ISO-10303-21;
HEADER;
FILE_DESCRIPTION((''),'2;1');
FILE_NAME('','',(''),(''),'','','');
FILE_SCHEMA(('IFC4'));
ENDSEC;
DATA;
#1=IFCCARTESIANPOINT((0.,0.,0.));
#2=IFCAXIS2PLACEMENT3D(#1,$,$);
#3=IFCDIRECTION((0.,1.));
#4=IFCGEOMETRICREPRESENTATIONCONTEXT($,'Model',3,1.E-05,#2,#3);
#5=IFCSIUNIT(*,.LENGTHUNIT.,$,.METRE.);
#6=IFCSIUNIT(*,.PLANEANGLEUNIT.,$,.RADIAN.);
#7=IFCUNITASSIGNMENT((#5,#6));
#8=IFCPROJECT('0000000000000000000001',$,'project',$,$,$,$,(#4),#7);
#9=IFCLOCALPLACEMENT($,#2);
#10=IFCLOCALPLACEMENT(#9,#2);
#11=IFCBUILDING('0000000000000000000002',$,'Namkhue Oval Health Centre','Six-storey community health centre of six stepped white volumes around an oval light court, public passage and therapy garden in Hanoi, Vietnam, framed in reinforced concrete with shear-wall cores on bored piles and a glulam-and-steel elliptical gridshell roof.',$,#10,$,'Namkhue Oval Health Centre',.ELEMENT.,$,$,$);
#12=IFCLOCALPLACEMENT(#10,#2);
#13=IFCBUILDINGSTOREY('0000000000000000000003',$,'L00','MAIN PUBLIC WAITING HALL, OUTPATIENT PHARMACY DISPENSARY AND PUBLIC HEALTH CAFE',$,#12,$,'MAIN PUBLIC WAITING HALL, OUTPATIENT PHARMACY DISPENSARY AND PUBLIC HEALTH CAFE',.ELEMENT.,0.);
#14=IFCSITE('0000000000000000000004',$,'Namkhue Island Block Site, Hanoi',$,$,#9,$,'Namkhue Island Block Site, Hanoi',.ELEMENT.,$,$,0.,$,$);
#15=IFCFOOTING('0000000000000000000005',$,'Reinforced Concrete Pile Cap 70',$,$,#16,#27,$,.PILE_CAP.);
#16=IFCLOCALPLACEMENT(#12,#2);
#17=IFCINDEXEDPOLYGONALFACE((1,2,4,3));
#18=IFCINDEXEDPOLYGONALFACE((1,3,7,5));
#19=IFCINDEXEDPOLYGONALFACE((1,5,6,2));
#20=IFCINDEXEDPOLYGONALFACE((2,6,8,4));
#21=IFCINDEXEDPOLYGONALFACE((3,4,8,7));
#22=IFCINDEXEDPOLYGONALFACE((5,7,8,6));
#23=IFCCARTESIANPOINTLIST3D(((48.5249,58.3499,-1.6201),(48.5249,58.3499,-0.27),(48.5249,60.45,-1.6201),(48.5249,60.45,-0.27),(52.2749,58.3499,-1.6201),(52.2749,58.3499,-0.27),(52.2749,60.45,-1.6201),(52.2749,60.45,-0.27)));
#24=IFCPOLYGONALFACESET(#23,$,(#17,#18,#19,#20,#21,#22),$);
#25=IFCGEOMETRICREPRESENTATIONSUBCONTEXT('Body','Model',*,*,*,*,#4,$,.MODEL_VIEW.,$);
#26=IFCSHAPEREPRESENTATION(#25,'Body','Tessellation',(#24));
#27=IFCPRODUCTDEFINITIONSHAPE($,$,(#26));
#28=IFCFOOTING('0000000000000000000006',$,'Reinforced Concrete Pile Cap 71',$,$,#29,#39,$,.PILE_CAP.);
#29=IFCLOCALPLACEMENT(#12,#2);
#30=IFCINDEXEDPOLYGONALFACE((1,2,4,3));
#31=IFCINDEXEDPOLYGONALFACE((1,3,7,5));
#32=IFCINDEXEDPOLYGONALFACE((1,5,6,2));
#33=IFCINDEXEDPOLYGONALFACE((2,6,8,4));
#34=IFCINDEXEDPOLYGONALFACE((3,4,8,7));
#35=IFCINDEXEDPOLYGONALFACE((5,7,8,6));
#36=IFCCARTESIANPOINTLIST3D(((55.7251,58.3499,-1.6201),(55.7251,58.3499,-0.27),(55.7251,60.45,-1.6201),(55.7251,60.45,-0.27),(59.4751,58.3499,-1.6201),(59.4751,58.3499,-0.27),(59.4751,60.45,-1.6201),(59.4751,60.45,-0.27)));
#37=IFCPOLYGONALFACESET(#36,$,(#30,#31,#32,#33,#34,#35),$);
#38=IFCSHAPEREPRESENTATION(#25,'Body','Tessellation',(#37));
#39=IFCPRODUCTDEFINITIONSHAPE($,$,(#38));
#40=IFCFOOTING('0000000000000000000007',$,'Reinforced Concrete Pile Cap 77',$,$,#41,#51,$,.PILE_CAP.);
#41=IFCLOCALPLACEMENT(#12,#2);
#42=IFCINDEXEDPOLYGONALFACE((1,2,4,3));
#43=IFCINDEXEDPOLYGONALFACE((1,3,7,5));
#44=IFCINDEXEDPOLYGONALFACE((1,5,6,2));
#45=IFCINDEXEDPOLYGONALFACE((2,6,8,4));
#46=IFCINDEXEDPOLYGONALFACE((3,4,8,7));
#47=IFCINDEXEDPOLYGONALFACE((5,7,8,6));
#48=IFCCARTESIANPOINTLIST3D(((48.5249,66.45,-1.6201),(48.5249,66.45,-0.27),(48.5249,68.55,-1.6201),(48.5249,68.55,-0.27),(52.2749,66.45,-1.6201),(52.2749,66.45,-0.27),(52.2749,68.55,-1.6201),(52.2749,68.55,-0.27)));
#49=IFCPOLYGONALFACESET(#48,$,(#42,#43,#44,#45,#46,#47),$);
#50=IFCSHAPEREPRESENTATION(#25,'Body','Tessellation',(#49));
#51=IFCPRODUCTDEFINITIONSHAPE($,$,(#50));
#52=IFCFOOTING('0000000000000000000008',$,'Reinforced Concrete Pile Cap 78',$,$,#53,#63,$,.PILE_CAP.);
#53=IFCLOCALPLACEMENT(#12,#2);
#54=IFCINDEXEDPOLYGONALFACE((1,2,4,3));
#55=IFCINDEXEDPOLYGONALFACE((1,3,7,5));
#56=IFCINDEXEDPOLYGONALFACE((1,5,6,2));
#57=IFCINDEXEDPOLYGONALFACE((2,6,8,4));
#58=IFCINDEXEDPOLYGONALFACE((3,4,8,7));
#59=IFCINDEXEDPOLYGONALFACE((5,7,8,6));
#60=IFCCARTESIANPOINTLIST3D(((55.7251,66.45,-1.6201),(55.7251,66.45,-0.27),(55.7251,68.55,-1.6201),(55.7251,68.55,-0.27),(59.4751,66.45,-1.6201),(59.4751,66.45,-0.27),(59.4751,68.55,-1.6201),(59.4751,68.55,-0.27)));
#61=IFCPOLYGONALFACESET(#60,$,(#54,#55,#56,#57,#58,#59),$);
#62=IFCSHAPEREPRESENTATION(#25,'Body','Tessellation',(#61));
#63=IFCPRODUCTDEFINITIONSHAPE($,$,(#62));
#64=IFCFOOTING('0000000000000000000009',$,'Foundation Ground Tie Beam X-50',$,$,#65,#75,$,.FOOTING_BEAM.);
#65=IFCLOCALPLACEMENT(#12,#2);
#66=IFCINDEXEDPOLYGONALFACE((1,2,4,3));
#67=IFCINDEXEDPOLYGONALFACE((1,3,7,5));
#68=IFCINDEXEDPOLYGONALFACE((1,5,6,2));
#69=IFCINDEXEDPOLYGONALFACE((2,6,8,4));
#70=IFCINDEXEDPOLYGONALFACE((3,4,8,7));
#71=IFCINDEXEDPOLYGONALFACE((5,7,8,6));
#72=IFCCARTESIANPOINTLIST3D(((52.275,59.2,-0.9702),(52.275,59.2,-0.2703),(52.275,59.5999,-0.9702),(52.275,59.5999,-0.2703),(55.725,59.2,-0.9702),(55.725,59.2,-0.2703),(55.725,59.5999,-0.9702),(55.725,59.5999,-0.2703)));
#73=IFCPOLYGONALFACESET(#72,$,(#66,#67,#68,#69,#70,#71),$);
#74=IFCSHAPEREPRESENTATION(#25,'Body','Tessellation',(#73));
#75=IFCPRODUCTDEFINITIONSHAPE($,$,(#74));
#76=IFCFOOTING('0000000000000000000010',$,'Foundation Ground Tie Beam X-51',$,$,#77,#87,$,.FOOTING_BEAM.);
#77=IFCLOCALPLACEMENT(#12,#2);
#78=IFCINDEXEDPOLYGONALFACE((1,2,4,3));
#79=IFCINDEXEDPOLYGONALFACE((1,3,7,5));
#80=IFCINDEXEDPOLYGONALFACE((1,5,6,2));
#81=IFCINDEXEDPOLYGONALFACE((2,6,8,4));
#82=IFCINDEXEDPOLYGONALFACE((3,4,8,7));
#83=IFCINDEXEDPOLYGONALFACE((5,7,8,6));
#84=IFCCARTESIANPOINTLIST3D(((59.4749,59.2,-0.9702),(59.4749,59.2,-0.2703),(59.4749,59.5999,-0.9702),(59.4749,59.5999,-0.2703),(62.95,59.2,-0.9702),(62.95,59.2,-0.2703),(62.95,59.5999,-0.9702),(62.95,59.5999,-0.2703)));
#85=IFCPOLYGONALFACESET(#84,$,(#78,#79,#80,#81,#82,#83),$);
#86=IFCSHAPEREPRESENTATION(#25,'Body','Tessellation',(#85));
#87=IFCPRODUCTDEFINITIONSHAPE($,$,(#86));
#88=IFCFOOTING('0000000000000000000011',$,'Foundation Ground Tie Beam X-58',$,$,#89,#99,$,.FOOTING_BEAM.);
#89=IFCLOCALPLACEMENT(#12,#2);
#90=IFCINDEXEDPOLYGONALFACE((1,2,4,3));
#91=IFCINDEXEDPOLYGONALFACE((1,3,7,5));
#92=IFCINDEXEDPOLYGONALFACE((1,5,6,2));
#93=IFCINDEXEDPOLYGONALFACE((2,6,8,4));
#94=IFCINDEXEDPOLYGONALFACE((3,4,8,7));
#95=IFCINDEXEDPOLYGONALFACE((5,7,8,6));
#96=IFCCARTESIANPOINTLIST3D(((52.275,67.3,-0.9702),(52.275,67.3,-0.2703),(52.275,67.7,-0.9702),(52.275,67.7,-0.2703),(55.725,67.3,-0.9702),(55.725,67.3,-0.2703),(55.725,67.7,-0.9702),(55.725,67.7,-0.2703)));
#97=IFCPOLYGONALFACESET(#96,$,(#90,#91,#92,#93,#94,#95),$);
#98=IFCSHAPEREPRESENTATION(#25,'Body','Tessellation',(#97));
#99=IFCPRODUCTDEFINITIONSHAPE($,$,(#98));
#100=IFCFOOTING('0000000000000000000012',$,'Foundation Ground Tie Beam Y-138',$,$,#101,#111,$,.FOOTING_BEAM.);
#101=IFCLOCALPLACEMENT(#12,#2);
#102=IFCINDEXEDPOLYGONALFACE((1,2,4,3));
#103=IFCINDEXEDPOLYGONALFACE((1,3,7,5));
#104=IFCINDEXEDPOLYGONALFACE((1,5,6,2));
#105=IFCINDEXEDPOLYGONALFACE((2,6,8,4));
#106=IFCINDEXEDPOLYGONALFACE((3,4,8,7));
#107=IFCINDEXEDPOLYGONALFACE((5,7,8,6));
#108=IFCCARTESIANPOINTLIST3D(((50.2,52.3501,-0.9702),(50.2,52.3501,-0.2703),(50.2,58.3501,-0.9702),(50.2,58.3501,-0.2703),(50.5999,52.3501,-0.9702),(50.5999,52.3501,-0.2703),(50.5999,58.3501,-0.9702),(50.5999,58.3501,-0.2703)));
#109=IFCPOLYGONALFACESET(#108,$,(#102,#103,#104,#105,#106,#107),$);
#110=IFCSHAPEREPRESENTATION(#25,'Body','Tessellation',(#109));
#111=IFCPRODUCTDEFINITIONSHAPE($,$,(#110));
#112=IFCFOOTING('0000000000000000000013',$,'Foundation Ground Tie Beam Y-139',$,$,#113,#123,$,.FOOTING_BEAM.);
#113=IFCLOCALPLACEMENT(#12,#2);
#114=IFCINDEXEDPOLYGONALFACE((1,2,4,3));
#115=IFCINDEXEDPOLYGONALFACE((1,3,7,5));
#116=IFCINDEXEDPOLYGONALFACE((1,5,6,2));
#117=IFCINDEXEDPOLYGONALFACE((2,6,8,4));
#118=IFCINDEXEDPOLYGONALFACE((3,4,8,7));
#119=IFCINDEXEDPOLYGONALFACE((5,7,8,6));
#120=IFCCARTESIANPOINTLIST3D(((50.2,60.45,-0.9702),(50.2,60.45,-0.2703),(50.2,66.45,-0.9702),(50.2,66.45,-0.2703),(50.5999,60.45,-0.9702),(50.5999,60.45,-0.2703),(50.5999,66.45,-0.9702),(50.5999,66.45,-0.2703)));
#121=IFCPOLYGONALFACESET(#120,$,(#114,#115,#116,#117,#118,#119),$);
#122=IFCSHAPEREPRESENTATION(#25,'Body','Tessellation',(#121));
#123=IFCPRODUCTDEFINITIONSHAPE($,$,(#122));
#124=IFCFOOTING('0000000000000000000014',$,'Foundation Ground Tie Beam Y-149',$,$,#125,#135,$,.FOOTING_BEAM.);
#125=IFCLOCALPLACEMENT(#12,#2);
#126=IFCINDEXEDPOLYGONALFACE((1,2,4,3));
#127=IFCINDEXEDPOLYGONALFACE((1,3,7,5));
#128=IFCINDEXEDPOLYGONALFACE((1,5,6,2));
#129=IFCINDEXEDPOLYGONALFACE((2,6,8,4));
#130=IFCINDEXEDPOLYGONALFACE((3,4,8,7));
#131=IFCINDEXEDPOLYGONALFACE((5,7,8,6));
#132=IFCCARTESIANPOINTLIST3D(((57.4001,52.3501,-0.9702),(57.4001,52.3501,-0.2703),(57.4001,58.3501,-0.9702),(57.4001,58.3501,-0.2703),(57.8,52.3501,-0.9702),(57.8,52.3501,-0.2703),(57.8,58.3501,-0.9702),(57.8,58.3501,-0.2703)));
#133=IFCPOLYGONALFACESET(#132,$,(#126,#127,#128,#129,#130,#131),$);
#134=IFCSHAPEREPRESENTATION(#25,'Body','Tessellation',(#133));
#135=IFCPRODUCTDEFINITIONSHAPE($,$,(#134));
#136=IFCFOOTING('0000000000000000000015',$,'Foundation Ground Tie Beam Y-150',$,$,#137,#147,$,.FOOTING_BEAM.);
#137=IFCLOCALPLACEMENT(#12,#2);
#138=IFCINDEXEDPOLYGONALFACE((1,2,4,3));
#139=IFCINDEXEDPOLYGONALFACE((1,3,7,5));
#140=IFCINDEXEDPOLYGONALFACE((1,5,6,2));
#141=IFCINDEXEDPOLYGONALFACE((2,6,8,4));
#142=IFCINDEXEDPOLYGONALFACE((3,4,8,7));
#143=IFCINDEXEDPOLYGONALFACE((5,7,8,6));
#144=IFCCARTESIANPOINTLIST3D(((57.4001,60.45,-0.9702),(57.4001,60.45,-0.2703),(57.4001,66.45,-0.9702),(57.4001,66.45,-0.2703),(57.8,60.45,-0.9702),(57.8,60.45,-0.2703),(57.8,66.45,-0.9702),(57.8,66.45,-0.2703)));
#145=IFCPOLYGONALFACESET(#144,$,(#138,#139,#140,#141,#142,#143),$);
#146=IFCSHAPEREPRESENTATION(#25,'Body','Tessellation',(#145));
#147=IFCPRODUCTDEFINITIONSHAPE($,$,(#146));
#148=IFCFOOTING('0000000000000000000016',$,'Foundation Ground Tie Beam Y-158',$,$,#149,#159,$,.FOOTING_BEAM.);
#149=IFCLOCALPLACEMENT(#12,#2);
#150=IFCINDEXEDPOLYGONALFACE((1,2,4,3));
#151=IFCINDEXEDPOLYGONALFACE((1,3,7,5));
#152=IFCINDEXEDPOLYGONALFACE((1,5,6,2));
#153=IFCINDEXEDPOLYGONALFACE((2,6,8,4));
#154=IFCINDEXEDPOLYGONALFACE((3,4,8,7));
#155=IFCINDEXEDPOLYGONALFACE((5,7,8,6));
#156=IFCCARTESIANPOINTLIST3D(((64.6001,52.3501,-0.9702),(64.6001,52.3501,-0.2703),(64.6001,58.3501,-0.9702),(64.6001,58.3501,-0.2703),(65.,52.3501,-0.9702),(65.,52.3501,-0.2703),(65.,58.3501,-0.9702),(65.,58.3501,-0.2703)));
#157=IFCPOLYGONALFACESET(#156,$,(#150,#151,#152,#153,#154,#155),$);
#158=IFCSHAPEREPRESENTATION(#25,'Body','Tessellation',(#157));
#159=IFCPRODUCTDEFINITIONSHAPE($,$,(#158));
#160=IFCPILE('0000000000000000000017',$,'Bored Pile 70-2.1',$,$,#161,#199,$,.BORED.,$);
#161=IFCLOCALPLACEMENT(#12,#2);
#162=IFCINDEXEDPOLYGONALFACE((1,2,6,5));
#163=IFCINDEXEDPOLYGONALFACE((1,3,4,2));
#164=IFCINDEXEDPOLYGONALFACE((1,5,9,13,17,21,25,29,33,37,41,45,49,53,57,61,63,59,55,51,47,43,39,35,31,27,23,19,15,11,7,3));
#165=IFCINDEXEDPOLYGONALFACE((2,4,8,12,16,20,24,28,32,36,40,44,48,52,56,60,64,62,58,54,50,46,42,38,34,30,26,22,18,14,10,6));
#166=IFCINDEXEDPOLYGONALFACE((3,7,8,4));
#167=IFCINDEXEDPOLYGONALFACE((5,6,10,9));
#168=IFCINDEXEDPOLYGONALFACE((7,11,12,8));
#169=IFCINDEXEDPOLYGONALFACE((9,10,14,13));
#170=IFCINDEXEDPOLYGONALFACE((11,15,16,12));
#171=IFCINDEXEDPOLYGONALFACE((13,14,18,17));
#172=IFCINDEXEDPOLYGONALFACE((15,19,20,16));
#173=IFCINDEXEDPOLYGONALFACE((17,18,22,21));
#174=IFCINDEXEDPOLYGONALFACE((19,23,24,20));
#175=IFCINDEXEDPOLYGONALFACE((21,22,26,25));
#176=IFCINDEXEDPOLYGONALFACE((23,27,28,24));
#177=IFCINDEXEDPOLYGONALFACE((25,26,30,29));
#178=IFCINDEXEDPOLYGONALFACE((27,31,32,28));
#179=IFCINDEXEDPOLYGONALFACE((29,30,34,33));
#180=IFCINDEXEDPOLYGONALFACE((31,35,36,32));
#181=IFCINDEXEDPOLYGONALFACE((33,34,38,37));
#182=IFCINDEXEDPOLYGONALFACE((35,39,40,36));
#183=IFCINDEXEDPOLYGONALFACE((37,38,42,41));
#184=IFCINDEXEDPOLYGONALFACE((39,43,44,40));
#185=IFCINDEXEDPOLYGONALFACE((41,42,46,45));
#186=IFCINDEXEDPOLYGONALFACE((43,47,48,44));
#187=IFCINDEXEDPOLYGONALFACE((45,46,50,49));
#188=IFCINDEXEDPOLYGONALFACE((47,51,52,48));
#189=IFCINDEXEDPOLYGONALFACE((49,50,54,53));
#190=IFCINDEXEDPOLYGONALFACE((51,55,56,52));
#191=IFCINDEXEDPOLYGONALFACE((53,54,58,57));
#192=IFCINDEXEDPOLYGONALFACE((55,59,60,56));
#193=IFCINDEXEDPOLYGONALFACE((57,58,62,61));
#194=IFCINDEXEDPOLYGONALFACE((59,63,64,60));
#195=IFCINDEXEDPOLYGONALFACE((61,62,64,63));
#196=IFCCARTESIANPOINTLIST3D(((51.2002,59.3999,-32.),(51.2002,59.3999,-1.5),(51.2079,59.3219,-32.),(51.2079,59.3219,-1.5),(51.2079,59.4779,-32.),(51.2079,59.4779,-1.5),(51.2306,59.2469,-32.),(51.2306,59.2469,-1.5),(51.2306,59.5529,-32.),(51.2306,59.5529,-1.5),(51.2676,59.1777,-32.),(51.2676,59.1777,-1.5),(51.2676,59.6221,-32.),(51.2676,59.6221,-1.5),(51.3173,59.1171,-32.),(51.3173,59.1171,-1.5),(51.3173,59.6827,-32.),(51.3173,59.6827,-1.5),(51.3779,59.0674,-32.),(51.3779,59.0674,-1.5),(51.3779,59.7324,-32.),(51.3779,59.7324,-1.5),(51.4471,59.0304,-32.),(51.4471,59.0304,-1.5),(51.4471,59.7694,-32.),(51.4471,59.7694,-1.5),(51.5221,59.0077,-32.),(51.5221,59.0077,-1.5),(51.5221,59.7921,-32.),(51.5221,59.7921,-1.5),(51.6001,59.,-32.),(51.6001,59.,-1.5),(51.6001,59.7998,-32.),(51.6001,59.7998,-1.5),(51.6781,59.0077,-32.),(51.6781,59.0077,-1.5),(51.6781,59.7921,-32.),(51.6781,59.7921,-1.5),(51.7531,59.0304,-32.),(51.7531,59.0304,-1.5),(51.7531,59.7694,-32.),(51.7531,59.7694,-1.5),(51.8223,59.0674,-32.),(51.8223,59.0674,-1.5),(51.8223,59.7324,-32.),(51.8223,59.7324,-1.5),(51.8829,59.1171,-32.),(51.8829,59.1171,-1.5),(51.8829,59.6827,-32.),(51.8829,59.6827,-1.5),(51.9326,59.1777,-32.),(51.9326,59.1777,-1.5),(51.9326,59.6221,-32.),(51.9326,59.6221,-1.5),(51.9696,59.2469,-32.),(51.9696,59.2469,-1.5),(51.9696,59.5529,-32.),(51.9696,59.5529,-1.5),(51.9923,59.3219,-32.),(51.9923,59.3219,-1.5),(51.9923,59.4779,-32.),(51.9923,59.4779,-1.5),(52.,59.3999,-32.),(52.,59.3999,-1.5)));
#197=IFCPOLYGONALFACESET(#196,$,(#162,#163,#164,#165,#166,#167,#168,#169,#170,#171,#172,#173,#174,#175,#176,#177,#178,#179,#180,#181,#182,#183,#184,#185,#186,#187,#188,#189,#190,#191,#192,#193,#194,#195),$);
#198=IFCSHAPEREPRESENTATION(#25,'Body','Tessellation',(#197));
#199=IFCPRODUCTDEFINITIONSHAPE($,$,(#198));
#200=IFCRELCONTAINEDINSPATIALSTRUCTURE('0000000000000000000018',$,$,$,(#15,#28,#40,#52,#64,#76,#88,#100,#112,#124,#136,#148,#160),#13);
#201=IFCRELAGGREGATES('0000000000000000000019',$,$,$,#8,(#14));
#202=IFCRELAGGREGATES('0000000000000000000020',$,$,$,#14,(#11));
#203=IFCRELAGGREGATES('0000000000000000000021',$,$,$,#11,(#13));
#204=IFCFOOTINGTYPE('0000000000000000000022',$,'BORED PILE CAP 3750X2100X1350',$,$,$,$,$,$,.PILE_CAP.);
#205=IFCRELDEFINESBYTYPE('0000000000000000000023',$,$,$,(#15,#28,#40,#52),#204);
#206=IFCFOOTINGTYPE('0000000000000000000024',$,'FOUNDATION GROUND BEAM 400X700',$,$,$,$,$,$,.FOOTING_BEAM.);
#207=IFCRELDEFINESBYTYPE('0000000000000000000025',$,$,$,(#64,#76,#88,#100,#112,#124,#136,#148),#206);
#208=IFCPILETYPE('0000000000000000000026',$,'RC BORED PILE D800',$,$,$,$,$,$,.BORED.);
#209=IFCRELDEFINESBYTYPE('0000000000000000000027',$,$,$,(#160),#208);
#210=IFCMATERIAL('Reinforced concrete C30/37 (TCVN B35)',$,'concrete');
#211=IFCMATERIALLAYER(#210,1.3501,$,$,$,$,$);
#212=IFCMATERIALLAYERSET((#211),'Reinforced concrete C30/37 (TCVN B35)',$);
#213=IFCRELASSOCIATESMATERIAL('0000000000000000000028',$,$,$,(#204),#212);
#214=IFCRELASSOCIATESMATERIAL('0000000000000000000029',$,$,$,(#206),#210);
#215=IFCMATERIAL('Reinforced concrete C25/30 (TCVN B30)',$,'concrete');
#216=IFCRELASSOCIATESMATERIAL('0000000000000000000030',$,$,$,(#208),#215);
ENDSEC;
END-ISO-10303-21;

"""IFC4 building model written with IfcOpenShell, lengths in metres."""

from ifc_helpers import new_model, si_unit, direction, frame, origin, origin_2d, place, context, subcontext, project, spatial, rectangle, circle, extrude, material, layer, layer_set, material_profile, profile_set, type_object, element, save


model = new_model("IFC4")

# Units and contexts
model_context = context("Model", 3, precision=1e-05, world=origin(), true_north=direction((0.0, 1.0)))
body_context = subcontext(model_context, "Body", "Model", "MODEL_VIEW")
ifc_project = project(units=[si_unit("LENGTHUNIT", "METRE"), si_unit("PLANEANGLEUNIT", "RADIAN")], contexts=[model_context])

# Site, building, storey
site_placement = place(None, origin())
site = spatial("IfcSite", under=ifc_project, at=site_placement, Name="Namkhue Island Block Site, Hanoi", LongName="Namkhue Island Block Site, Hanoi", CompositionType="ELEMENT", RefElevation=0.0)
building_placement = place(site_placement, origin())
building = spatial("IfcBuilding", under=site, at=building_placement, Name="Namkhue Oval Health Centre", Description="Six-storey community health centre of six stepped white volumes around an oval light court, public passage and therapy garden in Hanoi, Vietnam, framed in reinforced concrete with shear-wall cores on bored piles and a glulam-and-steel elliptical gridshell roof.", LongName="Namkhue Oval Health Centre", CompositionType="ELEMENT")
storey_placement = place(building_placement, origin())
storey = spatial("IfcBuildingStorey", under=building, at=storey_placement, Name="L00", Description="MAIN PUBLIC WAITING HALL, OUTPATIENT PHARMACY DISPENSARY AND PUBLIC HEALTH CAFE", LongName="MAIN PUBLIC WAITING HALL, OUTPATIENT PHARMACY DISPENSARY AND PUBLIC HEALTH CAFE", CompositionType="ELEMENT", Elevation=0.0)

# Footings
ifc_material_1 = material(Name="Reinforced concrete C30/37 (TCVN B35)", Category="concrete")
ifc_layer = layer(ifc_material_1, 1.3501)
ifc_layer_set = layer_set([ifc_layer], Name="Reinforced concrete C30/37 (TCVN B35)")
footing_type_1 = type_object("IfcFootingType", Name="BORED PILE CAP 3750X2100X1350", PredefinedType="PILE_CAP", material=ifc_layer_set)
for number, where, z_axis, x_axis, name in (
    (1, (50.3999, 59.3999, -1.6201), (0.0, 0.0, 1.0), (1.0, 0.0, 0.0), "Reinforced Concrete Pile Cap 70"),
    (2, (57.6001, 59.3999, -1.6201), (0.0, 0.0, 1.0), (1.0, 0.0, 0.0), "Reinforced Concrete Pile Cap 71"),
    (3, (50.3999, 67.5, -1.6201), (0.0, 0.0, 1.0), (1.0, 0.0, 0.0), "Reinforced Concrete Pile Cap 77"),
    (4, (57.6001, 67.5, -1.6201), (0.0, 0.0, 1.0), (1.0, 0.0, 0.0), "Reinforced Concrete Pile Cap 78"),
):
    element("IfcFooting", number, at=place(storey_placement, frame(where, z_axis=z_axis, x_axis=x_axis)), inside=storey, type_object=footing_type_1, Name=name, PredefinedType="PILE_CAP", context=body_context, shape_type="SweptSolid", body=[
        extrude(rectangle(XDim=3.75, YDim=2.1001, at=origin_2d()), origin(), (0.0, 0.0, 1.0), 1.3501),
    ])
footing_type_2 = type_object("IfcFootingType", Name="FOUNDATION GROUND BEAM 400X700", PredefinedType="FOOTING_BEAM", material=ifc_material_1)
footing_1_placement = place(storey_placement, frame((54.0, 59.3999, -0.9702), z_axis=(0.0, 0.0, 1.0), x_axis=(1.0, 0.0, 0.0)))
element("IfcFooting", 5, at=footing_1_placement, inside=storey, type_object=footing_type_2, Name="Foundation Ground Tie Beam X-50", PredefinedType="FOOTING_BEAM", context=body_context, shape_type="SweptSolid", body=[
    extrude(rectangle(XDim=3.45, YDim=0.3999, at=origin_2d()), origin(), (0.0, 0.0, 1.0), 0.7),
])
footing_2_placement = place(storey_placement, frame((61.2124, 59.3999, -0.9702), z_axis=(0.0, 0.0, 1.0), x_axis=(1.0, 0.0, 0.0)))
element("IfcFooting", 6, at=footing_2_placement, inside=storey, type_object=footing_type_2, Name="Foundation Ground Tie Beam X-51", PredefinedType="FOOTING_BEAM", context=body_context, shape_type="SweptSolid", body=[
    extrude(rectangle(XDim=3.4751, YDim=0.3999, at=origin_2d()), origin(), (0.0, 0.0, 1.0), 0.7),
])
footing_3_placement = place(storey_placement, frame((54.0, 67.5, -0.9702), z_axis=(0.0, 0.0, 1.0), x_axis=(1.0, 0.0, 0.0)))
element("IfcFooting", 7, at=footing_3_placement, inside=storey, type_object=footing_type_2, Name="Foundation Ground Tie Beam X-58", PredefinedType="FOOTING_BEAM", context=body_context, shape_type="SweptSolid", body=[
    extrude(rectangle(XDim=3.45, YDim=0.3999, at=origin_2d()), origin(), (0.0, 0.0, 1.0), 0.7),
])
for number, where, z_axis, x_axis, name in (
    (8, (50.3999, 55.3501, -0.9702), (0.0, 0.0, 1.0), (0.0, 1.0, 0.0), "Foundation Ground Tie Beam Y-138"),
    (9, (50.3999, 63.45, -0.9702), (0.0, 0.0, 1.0), (0.0, 1.0, 0.0), "Foundation Ground Tie Beam Y-139"),
    (10, (57.6001, 55.3501, -0.9702), (0.0, 0.0, 1.0), (0.0, 1.0, 0.0), "Foundation Ground Tie Beam Y-149"),
    (11, (57.6001, 63.45, -0.9702), (0.0, 0.0, 1.0), (0.0, 1.0, 0.0), "Foundation Ground Tie Beam Y-150"),
    (12, (64.8, 55.3501, -0.9702), (0.0, 0.0, 1.0), (0.0, 1.0, 0.0), "Foundation Ground Tie Beam Y-158"),
):
    element("IfcFooting", number, at=place(storey_placement, frame(where, z_axis=z_axis, x_axis=x_axis)), inside=storey, type_object=footing_type_2, Name=name, PredefinedType="FOOTING_BEAM", context=body_context, shape_type="SweptSolid", body=[
        extrude(rectangle(XDim=6.0, YDim=0.3999, at=origin_2d()), origin(), (0.0, 0.0, 1.0), 0.7),
    ])

# Pile
ifc_material_2 = material(Name="Reinforced concrete C25/30 (TCVN B30)", Category="concrete")
ifc_material_profile_1 = material_profile(ifc_material_2, circle(Radius=0.3999, at=origin_2d()), Name="BORED PILE D800")
ifc_profile_set_1 = profile_set([ifc_material_profile_1], Name="Reinforced concrete C25/30 (TCVN B30)")
pile_type = type_object("IfcPileType", Name="RC BORED PILE D800", PredefinedType="BORED", material=ifc_profile_set_1)
for number, where, z_axis, x_axis, name in (
    (13, (51.6001, 59.3999, -1.5), (0.0, 0.0, -1.0), (1.0, 0.0, 0.0), "Bored Pile 70-2.1"),
):
    element("IfcPile", number, at=place(storey_placement, frame(where, z_axis=z_axis, x_axis=x_axis)), inside=storey, type_object=pile_type, Name=name, PredefinedType="BORED", context=body_context, shape_type="SweptSolid", body=[
        extrude(circle(Radius=0.3999, at=origin_2d()), origin(), (0.0, 0.0, 1.0), 30.5),
    ])

save(model, "model.ifc")
